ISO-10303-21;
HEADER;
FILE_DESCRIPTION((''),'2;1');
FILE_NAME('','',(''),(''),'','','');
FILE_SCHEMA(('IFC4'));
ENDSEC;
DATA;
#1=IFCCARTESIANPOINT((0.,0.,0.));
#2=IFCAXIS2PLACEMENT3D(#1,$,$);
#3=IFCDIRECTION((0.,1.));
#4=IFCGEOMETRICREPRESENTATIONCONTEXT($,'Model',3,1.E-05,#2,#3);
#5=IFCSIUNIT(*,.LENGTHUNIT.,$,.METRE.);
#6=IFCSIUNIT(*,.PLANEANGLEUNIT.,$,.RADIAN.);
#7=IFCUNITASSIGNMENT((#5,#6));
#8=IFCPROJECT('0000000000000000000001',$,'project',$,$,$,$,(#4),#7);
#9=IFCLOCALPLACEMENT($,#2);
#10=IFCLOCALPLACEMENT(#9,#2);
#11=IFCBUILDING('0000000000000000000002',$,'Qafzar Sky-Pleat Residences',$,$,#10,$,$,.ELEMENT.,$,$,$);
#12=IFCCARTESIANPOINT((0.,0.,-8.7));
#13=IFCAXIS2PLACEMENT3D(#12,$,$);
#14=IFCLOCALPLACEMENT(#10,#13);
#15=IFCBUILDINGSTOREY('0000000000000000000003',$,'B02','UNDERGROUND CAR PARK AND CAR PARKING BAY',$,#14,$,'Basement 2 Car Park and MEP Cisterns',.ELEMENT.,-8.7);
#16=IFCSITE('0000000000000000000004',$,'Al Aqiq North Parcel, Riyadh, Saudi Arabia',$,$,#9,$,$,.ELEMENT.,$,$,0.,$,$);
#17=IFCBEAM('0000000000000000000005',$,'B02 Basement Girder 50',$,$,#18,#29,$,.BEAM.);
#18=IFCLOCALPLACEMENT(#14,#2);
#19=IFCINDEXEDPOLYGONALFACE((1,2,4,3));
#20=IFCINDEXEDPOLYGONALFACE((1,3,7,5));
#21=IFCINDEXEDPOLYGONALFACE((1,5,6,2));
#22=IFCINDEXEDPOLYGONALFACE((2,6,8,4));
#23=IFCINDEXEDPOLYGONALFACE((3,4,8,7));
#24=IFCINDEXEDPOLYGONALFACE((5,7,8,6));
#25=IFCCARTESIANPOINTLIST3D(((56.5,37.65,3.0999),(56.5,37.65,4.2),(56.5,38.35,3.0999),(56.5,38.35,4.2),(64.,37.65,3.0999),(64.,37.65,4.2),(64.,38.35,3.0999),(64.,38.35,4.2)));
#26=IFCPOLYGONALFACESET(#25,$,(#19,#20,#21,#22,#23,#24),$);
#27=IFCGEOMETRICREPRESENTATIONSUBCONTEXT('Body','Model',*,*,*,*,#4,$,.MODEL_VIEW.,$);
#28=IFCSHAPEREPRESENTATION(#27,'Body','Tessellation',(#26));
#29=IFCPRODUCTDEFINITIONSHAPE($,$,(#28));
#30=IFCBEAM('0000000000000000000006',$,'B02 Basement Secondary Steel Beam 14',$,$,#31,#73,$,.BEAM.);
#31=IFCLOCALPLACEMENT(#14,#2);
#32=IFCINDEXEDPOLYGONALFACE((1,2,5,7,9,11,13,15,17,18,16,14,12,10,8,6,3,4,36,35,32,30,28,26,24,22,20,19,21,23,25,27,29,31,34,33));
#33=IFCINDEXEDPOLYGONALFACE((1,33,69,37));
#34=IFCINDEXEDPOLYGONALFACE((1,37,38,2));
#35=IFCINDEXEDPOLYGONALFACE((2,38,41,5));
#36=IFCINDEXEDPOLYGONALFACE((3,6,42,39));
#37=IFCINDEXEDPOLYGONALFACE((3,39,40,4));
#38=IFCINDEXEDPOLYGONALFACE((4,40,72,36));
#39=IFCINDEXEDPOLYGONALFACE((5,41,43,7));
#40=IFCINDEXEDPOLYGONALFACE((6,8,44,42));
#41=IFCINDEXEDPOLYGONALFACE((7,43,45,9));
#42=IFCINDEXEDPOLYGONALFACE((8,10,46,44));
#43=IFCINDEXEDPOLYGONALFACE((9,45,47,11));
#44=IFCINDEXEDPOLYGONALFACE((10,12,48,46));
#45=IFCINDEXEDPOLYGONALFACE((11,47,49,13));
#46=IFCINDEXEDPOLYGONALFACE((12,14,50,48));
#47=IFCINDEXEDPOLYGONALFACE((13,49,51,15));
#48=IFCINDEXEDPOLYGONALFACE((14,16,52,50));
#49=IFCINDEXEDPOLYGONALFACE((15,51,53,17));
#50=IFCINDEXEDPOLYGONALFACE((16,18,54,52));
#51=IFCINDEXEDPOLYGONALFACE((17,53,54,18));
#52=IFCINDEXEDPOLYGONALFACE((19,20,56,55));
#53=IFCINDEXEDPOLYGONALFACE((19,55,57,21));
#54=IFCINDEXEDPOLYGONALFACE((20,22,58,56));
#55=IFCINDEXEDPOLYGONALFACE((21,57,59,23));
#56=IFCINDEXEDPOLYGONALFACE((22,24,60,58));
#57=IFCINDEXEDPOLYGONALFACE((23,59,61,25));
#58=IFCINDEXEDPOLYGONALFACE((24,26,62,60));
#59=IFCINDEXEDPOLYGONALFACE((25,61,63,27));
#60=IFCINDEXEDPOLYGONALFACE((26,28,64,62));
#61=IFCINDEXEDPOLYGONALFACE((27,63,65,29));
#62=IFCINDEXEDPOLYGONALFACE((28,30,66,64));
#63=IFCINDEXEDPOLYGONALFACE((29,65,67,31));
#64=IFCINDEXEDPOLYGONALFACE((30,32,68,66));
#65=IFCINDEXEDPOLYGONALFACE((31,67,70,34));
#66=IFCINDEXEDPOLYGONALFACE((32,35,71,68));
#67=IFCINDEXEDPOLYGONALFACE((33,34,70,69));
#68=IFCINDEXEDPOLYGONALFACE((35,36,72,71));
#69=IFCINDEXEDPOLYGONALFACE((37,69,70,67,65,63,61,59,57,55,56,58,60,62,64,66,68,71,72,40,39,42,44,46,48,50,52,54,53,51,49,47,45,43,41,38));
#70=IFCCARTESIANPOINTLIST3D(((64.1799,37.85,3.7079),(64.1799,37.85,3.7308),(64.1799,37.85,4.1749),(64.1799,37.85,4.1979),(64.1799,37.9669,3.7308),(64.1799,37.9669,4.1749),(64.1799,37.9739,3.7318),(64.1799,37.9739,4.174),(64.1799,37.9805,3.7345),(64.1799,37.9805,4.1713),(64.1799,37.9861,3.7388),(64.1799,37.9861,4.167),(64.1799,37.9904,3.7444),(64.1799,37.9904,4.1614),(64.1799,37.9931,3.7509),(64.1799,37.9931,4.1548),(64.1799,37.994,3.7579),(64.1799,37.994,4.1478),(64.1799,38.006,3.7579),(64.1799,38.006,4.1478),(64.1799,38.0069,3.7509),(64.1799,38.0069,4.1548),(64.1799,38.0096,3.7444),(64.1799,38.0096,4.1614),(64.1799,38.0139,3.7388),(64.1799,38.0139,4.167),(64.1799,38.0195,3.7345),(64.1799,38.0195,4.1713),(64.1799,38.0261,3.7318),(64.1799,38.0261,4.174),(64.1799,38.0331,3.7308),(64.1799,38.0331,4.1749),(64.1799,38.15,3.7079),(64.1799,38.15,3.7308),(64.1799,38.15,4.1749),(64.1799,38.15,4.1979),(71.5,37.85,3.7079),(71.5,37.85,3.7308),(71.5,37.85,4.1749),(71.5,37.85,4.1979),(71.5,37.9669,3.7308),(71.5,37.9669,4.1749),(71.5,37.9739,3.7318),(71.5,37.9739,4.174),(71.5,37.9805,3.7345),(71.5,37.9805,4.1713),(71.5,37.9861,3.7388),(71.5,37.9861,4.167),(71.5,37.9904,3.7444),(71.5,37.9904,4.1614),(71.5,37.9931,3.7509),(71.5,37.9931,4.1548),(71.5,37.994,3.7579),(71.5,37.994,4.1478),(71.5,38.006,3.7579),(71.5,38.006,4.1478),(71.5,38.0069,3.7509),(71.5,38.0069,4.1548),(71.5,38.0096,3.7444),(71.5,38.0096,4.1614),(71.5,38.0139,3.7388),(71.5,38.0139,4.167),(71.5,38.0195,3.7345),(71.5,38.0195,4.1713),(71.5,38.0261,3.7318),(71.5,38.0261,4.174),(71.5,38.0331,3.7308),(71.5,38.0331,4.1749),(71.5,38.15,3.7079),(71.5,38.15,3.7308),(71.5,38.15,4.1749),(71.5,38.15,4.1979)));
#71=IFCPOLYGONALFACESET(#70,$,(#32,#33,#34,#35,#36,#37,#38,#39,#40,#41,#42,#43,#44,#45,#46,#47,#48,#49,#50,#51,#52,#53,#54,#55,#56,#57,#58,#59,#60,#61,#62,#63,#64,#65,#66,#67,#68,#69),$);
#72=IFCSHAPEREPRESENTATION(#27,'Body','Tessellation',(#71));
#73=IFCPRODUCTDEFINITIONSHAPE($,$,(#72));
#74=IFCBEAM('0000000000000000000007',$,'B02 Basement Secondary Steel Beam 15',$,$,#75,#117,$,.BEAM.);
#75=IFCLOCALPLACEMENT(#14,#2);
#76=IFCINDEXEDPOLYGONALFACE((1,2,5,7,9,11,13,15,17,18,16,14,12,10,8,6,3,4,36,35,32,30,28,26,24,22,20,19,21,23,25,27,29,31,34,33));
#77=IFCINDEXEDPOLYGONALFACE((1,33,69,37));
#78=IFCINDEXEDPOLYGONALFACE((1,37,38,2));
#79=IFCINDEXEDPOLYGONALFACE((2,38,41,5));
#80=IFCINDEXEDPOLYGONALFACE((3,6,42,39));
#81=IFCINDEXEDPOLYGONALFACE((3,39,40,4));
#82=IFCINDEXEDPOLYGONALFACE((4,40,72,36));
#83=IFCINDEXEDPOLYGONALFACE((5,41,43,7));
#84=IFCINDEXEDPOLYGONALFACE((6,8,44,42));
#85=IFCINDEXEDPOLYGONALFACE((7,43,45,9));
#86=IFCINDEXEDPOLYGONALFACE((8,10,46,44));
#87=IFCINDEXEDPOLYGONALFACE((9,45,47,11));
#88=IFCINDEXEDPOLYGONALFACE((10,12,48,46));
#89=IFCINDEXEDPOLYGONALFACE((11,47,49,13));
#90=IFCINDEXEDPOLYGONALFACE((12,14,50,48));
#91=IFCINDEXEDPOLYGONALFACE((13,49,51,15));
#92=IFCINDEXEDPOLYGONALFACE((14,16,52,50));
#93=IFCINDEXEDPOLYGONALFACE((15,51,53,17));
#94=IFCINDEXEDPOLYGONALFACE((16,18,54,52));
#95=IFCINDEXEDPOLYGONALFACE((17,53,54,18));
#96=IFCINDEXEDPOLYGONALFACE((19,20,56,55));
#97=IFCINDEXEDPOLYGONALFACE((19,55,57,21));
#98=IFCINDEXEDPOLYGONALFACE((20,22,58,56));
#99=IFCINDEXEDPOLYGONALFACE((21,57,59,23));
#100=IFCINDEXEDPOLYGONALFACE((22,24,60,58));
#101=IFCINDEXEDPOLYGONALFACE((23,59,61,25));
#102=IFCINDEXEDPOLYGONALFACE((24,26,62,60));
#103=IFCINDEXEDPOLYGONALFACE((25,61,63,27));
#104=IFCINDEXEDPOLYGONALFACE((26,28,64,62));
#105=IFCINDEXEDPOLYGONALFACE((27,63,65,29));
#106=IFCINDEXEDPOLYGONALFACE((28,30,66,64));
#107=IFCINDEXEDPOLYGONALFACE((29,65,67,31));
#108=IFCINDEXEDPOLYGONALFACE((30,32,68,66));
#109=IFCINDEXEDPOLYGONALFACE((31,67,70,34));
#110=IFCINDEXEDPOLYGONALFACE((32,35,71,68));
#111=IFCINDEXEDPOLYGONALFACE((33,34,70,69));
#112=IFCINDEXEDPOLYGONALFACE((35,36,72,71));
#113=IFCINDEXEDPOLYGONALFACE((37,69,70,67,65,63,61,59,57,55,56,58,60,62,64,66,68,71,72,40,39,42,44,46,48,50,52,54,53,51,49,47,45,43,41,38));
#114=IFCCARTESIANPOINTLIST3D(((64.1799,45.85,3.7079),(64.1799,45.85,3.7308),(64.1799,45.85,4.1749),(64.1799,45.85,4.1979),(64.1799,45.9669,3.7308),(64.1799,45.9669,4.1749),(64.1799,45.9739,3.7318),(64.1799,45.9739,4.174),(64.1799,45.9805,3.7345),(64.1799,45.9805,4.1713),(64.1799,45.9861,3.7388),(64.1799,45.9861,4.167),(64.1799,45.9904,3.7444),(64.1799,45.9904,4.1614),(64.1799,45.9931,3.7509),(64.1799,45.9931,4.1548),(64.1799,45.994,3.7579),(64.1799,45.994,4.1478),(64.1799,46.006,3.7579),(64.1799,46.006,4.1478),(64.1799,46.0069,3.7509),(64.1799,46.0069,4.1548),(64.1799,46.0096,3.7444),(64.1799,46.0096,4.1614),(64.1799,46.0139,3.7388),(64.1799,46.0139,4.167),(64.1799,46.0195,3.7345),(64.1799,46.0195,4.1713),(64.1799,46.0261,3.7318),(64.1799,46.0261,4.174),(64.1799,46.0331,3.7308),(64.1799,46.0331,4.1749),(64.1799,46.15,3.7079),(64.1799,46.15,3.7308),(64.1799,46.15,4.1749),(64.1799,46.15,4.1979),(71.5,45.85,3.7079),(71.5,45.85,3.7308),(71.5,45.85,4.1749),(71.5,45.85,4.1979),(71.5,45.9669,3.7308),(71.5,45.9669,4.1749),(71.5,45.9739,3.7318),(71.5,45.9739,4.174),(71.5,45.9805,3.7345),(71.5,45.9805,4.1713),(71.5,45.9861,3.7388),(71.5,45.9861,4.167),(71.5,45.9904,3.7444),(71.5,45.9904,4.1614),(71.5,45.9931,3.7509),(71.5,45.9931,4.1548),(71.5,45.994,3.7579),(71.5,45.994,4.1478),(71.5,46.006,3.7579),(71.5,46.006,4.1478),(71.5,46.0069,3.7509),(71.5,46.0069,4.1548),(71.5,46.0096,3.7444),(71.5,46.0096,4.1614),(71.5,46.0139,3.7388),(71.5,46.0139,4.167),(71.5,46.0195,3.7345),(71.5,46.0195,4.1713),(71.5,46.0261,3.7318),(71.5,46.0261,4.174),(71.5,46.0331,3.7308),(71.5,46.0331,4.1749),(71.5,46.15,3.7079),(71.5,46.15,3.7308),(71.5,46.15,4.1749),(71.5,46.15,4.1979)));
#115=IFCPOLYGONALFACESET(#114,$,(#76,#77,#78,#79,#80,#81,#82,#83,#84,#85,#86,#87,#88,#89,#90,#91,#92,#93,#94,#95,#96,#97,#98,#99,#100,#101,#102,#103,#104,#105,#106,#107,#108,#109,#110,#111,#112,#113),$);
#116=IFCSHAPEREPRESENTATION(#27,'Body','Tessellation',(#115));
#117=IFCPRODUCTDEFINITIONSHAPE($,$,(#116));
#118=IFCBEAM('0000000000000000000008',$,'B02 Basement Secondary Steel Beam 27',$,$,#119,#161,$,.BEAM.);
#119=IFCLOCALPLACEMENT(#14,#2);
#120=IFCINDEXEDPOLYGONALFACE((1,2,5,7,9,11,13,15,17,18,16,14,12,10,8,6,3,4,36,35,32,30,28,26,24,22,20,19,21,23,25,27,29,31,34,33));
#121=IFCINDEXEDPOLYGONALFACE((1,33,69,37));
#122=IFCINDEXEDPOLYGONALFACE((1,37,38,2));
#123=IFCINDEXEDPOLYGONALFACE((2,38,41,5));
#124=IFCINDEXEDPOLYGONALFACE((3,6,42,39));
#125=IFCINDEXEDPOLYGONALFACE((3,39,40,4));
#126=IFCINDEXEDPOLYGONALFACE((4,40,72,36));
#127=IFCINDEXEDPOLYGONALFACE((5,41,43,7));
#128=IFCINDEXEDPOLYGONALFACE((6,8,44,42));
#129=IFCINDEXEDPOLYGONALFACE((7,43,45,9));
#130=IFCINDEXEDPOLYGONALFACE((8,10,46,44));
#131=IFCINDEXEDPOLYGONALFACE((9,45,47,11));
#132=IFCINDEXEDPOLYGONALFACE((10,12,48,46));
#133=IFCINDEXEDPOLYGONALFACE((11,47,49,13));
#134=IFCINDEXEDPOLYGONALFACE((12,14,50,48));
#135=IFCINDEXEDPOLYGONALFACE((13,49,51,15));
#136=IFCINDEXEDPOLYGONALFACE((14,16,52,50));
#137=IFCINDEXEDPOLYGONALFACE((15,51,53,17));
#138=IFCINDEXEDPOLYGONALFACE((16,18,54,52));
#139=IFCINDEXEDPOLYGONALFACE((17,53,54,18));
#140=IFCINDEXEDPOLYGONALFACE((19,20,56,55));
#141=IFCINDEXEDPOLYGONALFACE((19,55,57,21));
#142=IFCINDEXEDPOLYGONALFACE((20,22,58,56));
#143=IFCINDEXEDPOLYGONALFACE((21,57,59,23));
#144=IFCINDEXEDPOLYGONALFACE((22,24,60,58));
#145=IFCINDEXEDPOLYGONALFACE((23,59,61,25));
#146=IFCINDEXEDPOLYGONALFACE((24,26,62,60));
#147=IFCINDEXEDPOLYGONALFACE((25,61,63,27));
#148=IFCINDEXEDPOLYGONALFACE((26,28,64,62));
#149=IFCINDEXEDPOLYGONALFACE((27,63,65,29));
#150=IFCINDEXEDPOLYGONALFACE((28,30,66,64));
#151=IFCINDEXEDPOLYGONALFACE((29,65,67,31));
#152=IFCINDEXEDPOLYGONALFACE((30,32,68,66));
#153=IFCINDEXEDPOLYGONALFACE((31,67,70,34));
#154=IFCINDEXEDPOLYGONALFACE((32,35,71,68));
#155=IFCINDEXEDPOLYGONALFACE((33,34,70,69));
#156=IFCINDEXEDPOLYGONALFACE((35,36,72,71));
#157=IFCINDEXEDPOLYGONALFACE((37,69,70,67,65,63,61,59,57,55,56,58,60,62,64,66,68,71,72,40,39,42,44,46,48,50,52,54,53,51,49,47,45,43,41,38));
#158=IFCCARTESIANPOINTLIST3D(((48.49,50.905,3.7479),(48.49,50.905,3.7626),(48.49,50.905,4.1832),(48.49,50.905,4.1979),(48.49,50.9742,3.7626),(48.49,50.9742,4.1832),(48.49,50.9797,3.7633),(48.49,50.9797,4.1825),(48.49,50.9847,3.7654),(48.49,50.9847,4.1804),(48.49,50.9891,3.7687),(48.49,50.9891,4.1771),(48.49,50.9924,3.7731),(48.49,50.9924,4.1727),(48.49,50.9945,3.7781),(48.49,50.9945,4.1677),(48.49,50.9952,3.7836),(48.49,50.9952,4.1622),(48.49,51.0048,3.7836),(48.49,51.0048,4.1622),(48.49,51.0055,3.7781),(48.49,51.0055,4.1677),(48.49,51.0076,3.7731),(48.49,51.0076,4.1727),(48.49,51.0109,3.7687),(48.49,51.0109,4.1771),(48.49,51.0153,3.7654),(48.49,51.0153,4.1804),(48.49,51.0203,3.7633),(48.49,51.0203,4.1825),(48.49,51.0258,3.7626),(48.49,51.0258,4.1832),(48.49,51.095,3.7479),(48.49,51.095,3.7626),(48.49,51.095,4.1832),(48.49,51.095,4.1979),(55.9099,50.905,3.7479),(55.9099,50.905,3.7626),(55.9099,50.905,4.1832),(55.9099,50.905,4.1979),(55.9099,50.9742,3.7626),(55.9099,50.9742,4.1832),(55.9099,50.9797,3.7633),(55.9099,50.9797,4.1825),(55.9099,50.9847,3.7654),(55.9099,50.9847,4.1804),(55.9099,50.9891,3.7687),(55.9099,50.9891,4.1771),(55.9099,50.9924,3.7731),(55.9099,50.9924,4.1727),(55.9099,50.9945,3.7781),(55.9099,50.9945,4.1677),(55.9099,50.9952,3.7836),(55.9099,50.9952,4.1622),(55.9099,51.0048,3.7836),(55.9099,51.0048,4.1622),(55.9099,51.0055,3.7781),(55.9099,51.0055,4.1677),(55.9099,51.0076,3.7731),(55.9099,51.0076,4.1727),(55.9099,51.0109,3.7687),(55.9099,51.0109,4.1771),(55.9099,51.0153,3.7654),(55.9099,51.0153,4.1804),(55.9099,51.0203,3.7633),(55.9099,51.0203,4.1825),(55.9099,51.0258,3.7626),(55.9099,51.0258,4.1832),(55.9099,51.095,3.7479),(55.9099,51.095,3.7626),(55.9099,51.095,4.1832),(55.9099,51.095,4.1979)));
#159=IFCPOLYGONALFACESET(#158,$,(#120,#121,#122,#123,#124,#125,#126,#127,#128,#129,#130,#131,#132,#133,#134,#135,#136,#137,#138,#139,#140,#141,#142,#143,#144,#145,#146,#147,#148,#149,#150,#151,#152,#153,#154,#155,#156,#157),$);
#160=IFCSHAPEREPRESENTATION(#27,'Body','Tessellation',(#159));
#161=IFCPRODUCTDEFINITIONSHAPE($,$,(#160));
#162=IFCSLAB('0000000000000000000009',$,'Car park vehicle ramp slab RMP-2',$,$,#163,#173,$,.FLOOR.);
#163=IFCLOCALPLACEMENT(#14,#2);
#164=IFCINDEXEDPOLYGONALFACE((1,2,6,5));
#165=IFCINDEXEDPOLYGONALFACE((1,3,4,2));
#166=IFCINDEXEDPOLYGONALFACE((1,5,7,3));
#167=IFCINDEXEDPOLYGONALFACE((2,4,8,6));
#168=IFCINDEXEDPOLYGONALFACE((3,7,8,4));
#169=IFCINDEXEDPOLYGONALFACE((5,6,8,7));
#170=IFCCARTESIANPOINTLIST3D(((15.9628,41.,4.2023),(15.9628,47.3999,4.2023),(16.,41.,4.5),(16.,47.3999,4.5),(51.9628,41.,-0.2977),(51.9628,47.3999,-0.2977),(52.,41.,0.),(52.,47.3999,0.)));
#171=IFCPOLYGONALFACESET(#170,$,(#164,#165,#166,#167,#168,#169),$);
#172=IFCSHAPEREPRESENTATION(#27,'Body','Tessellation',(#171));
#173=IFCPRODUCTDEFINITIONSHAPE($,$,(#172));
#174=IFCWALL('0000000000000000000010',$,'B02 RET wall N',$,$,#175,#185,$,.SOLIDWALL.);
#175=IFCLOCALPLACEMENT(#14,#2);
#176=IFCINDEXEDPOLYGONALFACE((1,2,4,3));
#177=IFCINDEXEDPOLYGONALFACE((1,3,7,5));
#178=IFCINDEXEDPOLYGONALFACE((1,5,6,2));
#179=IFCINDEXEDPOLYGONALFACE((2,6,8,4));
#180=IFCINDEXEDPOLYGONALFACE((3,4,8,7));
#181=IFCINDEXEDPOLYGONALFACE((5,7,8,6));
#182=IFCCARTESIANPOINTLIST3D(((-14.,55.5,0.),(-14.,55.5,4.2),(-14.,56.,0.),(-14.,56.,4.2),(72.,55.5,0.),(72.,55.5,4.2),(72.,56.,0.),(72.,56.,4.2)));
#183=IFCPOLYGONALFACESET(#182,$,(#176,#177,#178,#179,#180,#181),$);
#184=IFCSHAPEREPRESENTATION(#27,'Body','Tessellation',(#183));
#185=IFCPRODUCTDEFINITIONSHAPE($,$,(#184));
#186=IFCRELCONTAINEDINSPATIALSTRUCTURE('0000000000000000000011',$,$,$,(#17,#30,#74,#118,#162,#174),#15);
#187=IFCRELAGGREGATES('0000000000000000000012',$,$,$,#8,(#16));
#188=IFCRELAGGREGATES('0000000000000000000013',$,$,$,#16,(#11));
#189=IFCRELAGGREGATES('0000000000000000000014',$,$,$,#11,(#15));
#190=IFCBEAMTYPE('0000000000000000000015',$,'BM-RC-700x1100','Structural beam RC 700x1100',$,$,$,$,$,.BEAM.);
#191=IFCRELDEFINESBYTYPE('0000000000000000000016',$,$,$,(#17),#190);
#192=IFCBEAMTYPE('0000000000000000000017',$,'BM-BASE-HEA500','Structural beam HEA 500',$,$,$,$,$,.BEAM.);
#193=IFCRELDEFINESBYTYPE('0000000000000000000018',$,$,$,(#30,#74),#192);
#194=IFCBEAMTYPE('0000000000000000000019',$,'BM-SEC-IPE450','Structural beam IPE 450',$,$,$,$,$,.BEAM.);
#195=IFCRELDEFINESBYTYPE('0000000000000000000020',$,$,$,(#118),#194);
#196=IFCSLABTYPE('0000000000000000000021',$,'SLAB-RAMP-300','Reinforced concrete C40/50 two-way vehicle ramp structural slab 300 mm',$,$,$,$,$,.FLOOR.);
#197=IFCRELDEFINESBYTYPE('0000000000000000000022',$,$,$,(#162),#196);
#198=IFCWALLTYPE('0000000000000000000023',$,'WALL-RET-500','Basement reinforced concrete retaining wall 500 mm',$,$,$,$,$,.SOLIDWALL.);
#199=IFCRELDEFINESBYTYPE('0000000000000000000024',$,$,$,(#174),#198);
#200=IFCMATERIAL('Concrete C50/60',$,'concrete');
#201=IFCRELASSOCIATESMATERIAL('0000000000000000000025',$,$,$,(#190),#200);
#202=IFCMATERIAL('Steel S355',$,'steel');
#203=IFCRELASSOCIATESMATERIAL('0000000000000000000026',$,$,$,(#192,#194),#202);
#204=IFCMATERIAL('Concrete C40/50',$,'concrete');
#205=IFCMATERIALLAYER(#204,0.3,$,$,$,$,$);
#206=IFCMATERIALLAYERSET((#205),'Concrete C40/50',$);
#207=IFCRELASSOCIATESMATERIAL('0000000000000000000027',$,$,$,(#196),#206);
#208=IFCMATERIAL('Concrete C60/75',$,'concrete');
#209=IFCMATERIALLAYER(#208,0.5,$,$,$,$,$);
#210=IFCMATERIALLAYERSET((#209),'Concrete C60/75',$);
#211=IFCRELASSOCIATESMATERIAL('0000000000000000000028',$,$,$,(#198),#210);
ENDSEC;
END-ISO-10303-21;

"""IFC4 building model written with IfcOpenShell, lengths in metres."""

from ifc_helpers import new_model, si_unit, direction, frame, frame_2d, origin, origin_2d, place, context, subcontext, project, spatial, polyline, rectangle, i_section, outline, extrude, source, transform, mapped, material, layer, layer_set, material_profile, profile_set, type_object, element, save


model = new_model("IFC4")

# Units and contexts
model_context = context("Model", 3, precision=1e-05, world=origin(), true_north=direction((0.0, 1.0)))
body_context = subcontext(model_context, "Body", "Model", "MODEL_VIEW")
ifc_project = project(units=[si_unit("LENGTHUNIT", "METRE"), si_unit("PLANEANGLEUNIT", "RADIAN")], contexts=[model_context])

# Site, building, storey
site_placement = place(None, origin())
site = spatial("IfcSite", under=ifc_project, at=site_placement, Name="Al Aqiq North Parcel, Riyadh, Saudi Arabia", CompositionType="ELEMENT", RefElevation=0.0)
building_placement = place(site_placement, origin())
building = spatial("IfcBuilding", under=site, at=building_placement, Name="Qafzar Sky-Pleat Residences", CompositionType="ELEMENT")
storey_placement = place(building_placement, frame((0.0, 0.0, -8.7)))
storey = spatial("IfcBuildingStorey", under=building, at=storey_placement, Name="B02", Description="UNDERGROUND CAR PARK AND CAR PARKING BAY", LongName="Basement 2 Car Park and MEP Cisterns", CompositionType="ELEMENT", Elevation=-8.7)

# Shared definitions
ifc_material_1 = material(Name="Concrete C50/60", Category="concrete")

# Shared definitions
ifc_material_2 = material(Name="Concrete C60/75", Category="concrete")

# Beams
ifc_material_profile_1 = material_profile(ifc_material_1, rectangle(XDim=0.7, YDim=1.1001, at=origin_2d()), Name="RC 700x1100")
ifc_profile_set_1 = profile_set([ifc_material_profile_1], Name="Concrete C50/60")
beam_type_1 = type_object("IfcBeamType", Name="BM-RC-700x1100", Description="Structural beam RC 700x1100", PredefinedType="BEAM", material=ifc_profile_set_1)
shared_shape_1 = source(origin(), body_context, "Body", "SweptSolid", [
    extrude(rectangle(XDim=0.7, YDim=1.1001, at=origin_2d()), origin(), (0.0, 0.0, 1.0), 7.5),
])
beam_1_placement = place(storey_placement, frame((56.5, 38.0, 3.6499), z_axis=(1.0, 0.0, 0.0), x_axis=(0.0, 1.0, 0.0)))
element("IfcBeam", 1, at=beam_1_placement, inside=storey, type_object=beam_type_1, Name="B02 Basement Girder 50", PredefinedType="BEAM", context=body_context, shape_type="MappedRepresentation", body=[
    mapped(shared_shape_1, transform((0.0, 0.0, 0.0), x_axis=(1.0, 0.0, 0.0), y_axis=(0.0, 1.0, 0.0), z_axis=(0.0, 0.0, 1.0), scale=1.0)),
])
ifc_material_3 = material(Name="Steel S355", Category="steel")
ifc_material_profile_2 = material_profile(ifc_material_3, i_section(OverallWidth=0.3, OverallDepth=0.49, WebThickness=0.012, FlangeThickness=0.0229, FilletRadius=0.0271, at=origin_2d()), Name="HEA 500")
ifc_profile_set_2 = profile_set([ifc_material_profile_2], Name="Steel S355")
beam_type_2 = type_object("IfcBeamType", Name="BM-BASE-HEA500", Description="Structural beam HEA 500", PredefinedType="BEAM", material=ifc_profile_set_2)
shared_shape_2 = source(origin(), body_context, "Body", "SweptSolid", [
    extrude(i_section(OverallWidth=0.3, OverallDepth=0.49, WebThickness=0.012, FlangeThickness=0.0229, FilletRadius=0.0271, at=origin_2d()), origin(), (0.0, 0.0, 1.0), 7.3201),
])
for number, where, z_axis, x_axis, name in (
    (2, (64.1799, 38.0, 3.9529), (1.0, 0.0, 0.0), (0.0, 1.0, 0.0), "B02 Basement Secondary Steel Beam 14"),
    (3, (64.1799, 46.0, 3.9529), (1.0, 0.0, 0.0), (0.0, 1.0, 0.0), "B02 Basement Secondary Steel Beam 15"),
):
    element("IfcBeam", number, at=place(storey_placement, frame(where, z_axis=z_axis, x_axis=x_axis)), inside=storey, type_object=beam_type_2, Name=name, PredefinedType="BEAM", context=body_context, shape_type="MappedRepresentation", body=[
        mapped(shared_shape_2, transform((0.0, 0.0, 0.0), x_axis=(1.0, 0.0, 0.0), y_axis=(0.0, 1.0, 0.0), z_axis=(0.0, 0.0, 1.0), scale=1.0)),
    ])
ifc_material_profile_3 = material_profile(ifc_material_3, i_section(OverallWidth=0.1899, OverallDepth=0.45, WebThickness=0.0095, FlangeThickness=0.0146, FilletRadius=0.021, at=origin_2d()), Name="IPE 450")
ifc_profile_set_3 = profile_set([ifc_material_profile_3], Name="Steel S355")
beam_type_3 = type_object("IfcBeamType", Name="BM-SEC-IPE450", Description="Structural beam IPE 450", PredefinedType="BEAM", material=ifc_profile_set_3)
shared_shape_3 = source(origin(), body_context, "Body", "SweptSolid", [
    extrude(i_section(OverallWidth=0.1899, OverallDepth=0.45, WebThickness=0.0095, FlangeThickness=0.0146, FilletRadius=0.021, at=origin_2d()), origin(), (0.0, 0.0, 1.0), 7.4199),
])
beam_2_placement = place(storey_placement, frame((48.49, 51.0, 3.9729), z_axis=(1.0, 0.0, 0.0), x_axis=(0.0, 1.0, 0.0)))
element("IfcBeam", 4, at=beam_2_placement, inside=storey, type_object=beam_type_3, Name="B02 Basement Secondary Steel Beam 27", PredefinedType="BEAM", context=body_context, shape_type="MappedRepresentation", body=[
    mapped(shared_shape_3, transform((0.0, 0.0, 0.0), x_axis=(1.0, 0.0, 0.0), y_axis=(0.0, 1.0, 0.0), z_axis=(0.0, 0.0, 1.0), scale=1.0)),
])

# Slab
ifc_material_4 = material(Name="Concrete C40/50", Category="concrete")
ifc_layer_1 = layer(ifc_material_4, 0.3)
ifc_layer_set_1 = layer_set([ifc_layer_1], Name="Concrete C40/50")
slab_type = type_object("IfcSlabType", Name="SLAB-RAMP-300", Description="Reinforced concrete C40/50 two-way vehicle ramp structural slab 300 mm", PredefinedType="FLOOR", material=ifc_layer_set_1)
slab_placement = place(storey_placement, frame((52.0, 41.0, 0.0), z_axis=(0.124035, 0.0, 0.992278), x_axis=(-0.992278, 0.0, 0.124035)))
element("IfcSlab", 5, at=slab_placement, inside=storey, type_object=slab_type, Name="Car park vehicle ramp slab RMP-2", PredefinedType="FLOOR", context=body_context, shape_type="SweptSolid", body=[
    extrude(outline(polyline([(0.0, 0.0), (36.2802, 0.0), (36.2802, -6.3999), (0.0, -6.3999), (0.0, 0.0)])), origin(), (0.0, 0.0, -1.0), 0.3),
])

# Wall
ifc_layer_2 = layer(ifc_material_2, 0.5)
ifc_layer_set_2 = layer_set([ifc_layer_2], Name="Concrete C60/75")
wall_type = type_object("IfcWallType", Name="WALL-RET-500", Description="Basement reinforced concrete retaining wall 500 mm", PredefinedType="SOLIDWALL", material=ifc_layer_set_2)
wall_placement = place(storey_placement, frame((72.0, 55.75, 0.0), z_axis=(0.0, 0.0, 1.0), x_axis=(-1.0, 0.0, 0.0)))
element("IfcWall", 6, at=wall_placement, inside=storey, type_object=wall_type, Name="B02 RET wall N", PredefinedType="SOLIDWALL", context=body_context, shape_type="SweptSolid", body=[
    extrude(rectangle(XDim=86.0, YDim=0.5, at=frame_2d((43.0, 0.0))), origin(), (0.0, 0.0, 1.0), 4.2),
])

save(model, "model.ifc")
